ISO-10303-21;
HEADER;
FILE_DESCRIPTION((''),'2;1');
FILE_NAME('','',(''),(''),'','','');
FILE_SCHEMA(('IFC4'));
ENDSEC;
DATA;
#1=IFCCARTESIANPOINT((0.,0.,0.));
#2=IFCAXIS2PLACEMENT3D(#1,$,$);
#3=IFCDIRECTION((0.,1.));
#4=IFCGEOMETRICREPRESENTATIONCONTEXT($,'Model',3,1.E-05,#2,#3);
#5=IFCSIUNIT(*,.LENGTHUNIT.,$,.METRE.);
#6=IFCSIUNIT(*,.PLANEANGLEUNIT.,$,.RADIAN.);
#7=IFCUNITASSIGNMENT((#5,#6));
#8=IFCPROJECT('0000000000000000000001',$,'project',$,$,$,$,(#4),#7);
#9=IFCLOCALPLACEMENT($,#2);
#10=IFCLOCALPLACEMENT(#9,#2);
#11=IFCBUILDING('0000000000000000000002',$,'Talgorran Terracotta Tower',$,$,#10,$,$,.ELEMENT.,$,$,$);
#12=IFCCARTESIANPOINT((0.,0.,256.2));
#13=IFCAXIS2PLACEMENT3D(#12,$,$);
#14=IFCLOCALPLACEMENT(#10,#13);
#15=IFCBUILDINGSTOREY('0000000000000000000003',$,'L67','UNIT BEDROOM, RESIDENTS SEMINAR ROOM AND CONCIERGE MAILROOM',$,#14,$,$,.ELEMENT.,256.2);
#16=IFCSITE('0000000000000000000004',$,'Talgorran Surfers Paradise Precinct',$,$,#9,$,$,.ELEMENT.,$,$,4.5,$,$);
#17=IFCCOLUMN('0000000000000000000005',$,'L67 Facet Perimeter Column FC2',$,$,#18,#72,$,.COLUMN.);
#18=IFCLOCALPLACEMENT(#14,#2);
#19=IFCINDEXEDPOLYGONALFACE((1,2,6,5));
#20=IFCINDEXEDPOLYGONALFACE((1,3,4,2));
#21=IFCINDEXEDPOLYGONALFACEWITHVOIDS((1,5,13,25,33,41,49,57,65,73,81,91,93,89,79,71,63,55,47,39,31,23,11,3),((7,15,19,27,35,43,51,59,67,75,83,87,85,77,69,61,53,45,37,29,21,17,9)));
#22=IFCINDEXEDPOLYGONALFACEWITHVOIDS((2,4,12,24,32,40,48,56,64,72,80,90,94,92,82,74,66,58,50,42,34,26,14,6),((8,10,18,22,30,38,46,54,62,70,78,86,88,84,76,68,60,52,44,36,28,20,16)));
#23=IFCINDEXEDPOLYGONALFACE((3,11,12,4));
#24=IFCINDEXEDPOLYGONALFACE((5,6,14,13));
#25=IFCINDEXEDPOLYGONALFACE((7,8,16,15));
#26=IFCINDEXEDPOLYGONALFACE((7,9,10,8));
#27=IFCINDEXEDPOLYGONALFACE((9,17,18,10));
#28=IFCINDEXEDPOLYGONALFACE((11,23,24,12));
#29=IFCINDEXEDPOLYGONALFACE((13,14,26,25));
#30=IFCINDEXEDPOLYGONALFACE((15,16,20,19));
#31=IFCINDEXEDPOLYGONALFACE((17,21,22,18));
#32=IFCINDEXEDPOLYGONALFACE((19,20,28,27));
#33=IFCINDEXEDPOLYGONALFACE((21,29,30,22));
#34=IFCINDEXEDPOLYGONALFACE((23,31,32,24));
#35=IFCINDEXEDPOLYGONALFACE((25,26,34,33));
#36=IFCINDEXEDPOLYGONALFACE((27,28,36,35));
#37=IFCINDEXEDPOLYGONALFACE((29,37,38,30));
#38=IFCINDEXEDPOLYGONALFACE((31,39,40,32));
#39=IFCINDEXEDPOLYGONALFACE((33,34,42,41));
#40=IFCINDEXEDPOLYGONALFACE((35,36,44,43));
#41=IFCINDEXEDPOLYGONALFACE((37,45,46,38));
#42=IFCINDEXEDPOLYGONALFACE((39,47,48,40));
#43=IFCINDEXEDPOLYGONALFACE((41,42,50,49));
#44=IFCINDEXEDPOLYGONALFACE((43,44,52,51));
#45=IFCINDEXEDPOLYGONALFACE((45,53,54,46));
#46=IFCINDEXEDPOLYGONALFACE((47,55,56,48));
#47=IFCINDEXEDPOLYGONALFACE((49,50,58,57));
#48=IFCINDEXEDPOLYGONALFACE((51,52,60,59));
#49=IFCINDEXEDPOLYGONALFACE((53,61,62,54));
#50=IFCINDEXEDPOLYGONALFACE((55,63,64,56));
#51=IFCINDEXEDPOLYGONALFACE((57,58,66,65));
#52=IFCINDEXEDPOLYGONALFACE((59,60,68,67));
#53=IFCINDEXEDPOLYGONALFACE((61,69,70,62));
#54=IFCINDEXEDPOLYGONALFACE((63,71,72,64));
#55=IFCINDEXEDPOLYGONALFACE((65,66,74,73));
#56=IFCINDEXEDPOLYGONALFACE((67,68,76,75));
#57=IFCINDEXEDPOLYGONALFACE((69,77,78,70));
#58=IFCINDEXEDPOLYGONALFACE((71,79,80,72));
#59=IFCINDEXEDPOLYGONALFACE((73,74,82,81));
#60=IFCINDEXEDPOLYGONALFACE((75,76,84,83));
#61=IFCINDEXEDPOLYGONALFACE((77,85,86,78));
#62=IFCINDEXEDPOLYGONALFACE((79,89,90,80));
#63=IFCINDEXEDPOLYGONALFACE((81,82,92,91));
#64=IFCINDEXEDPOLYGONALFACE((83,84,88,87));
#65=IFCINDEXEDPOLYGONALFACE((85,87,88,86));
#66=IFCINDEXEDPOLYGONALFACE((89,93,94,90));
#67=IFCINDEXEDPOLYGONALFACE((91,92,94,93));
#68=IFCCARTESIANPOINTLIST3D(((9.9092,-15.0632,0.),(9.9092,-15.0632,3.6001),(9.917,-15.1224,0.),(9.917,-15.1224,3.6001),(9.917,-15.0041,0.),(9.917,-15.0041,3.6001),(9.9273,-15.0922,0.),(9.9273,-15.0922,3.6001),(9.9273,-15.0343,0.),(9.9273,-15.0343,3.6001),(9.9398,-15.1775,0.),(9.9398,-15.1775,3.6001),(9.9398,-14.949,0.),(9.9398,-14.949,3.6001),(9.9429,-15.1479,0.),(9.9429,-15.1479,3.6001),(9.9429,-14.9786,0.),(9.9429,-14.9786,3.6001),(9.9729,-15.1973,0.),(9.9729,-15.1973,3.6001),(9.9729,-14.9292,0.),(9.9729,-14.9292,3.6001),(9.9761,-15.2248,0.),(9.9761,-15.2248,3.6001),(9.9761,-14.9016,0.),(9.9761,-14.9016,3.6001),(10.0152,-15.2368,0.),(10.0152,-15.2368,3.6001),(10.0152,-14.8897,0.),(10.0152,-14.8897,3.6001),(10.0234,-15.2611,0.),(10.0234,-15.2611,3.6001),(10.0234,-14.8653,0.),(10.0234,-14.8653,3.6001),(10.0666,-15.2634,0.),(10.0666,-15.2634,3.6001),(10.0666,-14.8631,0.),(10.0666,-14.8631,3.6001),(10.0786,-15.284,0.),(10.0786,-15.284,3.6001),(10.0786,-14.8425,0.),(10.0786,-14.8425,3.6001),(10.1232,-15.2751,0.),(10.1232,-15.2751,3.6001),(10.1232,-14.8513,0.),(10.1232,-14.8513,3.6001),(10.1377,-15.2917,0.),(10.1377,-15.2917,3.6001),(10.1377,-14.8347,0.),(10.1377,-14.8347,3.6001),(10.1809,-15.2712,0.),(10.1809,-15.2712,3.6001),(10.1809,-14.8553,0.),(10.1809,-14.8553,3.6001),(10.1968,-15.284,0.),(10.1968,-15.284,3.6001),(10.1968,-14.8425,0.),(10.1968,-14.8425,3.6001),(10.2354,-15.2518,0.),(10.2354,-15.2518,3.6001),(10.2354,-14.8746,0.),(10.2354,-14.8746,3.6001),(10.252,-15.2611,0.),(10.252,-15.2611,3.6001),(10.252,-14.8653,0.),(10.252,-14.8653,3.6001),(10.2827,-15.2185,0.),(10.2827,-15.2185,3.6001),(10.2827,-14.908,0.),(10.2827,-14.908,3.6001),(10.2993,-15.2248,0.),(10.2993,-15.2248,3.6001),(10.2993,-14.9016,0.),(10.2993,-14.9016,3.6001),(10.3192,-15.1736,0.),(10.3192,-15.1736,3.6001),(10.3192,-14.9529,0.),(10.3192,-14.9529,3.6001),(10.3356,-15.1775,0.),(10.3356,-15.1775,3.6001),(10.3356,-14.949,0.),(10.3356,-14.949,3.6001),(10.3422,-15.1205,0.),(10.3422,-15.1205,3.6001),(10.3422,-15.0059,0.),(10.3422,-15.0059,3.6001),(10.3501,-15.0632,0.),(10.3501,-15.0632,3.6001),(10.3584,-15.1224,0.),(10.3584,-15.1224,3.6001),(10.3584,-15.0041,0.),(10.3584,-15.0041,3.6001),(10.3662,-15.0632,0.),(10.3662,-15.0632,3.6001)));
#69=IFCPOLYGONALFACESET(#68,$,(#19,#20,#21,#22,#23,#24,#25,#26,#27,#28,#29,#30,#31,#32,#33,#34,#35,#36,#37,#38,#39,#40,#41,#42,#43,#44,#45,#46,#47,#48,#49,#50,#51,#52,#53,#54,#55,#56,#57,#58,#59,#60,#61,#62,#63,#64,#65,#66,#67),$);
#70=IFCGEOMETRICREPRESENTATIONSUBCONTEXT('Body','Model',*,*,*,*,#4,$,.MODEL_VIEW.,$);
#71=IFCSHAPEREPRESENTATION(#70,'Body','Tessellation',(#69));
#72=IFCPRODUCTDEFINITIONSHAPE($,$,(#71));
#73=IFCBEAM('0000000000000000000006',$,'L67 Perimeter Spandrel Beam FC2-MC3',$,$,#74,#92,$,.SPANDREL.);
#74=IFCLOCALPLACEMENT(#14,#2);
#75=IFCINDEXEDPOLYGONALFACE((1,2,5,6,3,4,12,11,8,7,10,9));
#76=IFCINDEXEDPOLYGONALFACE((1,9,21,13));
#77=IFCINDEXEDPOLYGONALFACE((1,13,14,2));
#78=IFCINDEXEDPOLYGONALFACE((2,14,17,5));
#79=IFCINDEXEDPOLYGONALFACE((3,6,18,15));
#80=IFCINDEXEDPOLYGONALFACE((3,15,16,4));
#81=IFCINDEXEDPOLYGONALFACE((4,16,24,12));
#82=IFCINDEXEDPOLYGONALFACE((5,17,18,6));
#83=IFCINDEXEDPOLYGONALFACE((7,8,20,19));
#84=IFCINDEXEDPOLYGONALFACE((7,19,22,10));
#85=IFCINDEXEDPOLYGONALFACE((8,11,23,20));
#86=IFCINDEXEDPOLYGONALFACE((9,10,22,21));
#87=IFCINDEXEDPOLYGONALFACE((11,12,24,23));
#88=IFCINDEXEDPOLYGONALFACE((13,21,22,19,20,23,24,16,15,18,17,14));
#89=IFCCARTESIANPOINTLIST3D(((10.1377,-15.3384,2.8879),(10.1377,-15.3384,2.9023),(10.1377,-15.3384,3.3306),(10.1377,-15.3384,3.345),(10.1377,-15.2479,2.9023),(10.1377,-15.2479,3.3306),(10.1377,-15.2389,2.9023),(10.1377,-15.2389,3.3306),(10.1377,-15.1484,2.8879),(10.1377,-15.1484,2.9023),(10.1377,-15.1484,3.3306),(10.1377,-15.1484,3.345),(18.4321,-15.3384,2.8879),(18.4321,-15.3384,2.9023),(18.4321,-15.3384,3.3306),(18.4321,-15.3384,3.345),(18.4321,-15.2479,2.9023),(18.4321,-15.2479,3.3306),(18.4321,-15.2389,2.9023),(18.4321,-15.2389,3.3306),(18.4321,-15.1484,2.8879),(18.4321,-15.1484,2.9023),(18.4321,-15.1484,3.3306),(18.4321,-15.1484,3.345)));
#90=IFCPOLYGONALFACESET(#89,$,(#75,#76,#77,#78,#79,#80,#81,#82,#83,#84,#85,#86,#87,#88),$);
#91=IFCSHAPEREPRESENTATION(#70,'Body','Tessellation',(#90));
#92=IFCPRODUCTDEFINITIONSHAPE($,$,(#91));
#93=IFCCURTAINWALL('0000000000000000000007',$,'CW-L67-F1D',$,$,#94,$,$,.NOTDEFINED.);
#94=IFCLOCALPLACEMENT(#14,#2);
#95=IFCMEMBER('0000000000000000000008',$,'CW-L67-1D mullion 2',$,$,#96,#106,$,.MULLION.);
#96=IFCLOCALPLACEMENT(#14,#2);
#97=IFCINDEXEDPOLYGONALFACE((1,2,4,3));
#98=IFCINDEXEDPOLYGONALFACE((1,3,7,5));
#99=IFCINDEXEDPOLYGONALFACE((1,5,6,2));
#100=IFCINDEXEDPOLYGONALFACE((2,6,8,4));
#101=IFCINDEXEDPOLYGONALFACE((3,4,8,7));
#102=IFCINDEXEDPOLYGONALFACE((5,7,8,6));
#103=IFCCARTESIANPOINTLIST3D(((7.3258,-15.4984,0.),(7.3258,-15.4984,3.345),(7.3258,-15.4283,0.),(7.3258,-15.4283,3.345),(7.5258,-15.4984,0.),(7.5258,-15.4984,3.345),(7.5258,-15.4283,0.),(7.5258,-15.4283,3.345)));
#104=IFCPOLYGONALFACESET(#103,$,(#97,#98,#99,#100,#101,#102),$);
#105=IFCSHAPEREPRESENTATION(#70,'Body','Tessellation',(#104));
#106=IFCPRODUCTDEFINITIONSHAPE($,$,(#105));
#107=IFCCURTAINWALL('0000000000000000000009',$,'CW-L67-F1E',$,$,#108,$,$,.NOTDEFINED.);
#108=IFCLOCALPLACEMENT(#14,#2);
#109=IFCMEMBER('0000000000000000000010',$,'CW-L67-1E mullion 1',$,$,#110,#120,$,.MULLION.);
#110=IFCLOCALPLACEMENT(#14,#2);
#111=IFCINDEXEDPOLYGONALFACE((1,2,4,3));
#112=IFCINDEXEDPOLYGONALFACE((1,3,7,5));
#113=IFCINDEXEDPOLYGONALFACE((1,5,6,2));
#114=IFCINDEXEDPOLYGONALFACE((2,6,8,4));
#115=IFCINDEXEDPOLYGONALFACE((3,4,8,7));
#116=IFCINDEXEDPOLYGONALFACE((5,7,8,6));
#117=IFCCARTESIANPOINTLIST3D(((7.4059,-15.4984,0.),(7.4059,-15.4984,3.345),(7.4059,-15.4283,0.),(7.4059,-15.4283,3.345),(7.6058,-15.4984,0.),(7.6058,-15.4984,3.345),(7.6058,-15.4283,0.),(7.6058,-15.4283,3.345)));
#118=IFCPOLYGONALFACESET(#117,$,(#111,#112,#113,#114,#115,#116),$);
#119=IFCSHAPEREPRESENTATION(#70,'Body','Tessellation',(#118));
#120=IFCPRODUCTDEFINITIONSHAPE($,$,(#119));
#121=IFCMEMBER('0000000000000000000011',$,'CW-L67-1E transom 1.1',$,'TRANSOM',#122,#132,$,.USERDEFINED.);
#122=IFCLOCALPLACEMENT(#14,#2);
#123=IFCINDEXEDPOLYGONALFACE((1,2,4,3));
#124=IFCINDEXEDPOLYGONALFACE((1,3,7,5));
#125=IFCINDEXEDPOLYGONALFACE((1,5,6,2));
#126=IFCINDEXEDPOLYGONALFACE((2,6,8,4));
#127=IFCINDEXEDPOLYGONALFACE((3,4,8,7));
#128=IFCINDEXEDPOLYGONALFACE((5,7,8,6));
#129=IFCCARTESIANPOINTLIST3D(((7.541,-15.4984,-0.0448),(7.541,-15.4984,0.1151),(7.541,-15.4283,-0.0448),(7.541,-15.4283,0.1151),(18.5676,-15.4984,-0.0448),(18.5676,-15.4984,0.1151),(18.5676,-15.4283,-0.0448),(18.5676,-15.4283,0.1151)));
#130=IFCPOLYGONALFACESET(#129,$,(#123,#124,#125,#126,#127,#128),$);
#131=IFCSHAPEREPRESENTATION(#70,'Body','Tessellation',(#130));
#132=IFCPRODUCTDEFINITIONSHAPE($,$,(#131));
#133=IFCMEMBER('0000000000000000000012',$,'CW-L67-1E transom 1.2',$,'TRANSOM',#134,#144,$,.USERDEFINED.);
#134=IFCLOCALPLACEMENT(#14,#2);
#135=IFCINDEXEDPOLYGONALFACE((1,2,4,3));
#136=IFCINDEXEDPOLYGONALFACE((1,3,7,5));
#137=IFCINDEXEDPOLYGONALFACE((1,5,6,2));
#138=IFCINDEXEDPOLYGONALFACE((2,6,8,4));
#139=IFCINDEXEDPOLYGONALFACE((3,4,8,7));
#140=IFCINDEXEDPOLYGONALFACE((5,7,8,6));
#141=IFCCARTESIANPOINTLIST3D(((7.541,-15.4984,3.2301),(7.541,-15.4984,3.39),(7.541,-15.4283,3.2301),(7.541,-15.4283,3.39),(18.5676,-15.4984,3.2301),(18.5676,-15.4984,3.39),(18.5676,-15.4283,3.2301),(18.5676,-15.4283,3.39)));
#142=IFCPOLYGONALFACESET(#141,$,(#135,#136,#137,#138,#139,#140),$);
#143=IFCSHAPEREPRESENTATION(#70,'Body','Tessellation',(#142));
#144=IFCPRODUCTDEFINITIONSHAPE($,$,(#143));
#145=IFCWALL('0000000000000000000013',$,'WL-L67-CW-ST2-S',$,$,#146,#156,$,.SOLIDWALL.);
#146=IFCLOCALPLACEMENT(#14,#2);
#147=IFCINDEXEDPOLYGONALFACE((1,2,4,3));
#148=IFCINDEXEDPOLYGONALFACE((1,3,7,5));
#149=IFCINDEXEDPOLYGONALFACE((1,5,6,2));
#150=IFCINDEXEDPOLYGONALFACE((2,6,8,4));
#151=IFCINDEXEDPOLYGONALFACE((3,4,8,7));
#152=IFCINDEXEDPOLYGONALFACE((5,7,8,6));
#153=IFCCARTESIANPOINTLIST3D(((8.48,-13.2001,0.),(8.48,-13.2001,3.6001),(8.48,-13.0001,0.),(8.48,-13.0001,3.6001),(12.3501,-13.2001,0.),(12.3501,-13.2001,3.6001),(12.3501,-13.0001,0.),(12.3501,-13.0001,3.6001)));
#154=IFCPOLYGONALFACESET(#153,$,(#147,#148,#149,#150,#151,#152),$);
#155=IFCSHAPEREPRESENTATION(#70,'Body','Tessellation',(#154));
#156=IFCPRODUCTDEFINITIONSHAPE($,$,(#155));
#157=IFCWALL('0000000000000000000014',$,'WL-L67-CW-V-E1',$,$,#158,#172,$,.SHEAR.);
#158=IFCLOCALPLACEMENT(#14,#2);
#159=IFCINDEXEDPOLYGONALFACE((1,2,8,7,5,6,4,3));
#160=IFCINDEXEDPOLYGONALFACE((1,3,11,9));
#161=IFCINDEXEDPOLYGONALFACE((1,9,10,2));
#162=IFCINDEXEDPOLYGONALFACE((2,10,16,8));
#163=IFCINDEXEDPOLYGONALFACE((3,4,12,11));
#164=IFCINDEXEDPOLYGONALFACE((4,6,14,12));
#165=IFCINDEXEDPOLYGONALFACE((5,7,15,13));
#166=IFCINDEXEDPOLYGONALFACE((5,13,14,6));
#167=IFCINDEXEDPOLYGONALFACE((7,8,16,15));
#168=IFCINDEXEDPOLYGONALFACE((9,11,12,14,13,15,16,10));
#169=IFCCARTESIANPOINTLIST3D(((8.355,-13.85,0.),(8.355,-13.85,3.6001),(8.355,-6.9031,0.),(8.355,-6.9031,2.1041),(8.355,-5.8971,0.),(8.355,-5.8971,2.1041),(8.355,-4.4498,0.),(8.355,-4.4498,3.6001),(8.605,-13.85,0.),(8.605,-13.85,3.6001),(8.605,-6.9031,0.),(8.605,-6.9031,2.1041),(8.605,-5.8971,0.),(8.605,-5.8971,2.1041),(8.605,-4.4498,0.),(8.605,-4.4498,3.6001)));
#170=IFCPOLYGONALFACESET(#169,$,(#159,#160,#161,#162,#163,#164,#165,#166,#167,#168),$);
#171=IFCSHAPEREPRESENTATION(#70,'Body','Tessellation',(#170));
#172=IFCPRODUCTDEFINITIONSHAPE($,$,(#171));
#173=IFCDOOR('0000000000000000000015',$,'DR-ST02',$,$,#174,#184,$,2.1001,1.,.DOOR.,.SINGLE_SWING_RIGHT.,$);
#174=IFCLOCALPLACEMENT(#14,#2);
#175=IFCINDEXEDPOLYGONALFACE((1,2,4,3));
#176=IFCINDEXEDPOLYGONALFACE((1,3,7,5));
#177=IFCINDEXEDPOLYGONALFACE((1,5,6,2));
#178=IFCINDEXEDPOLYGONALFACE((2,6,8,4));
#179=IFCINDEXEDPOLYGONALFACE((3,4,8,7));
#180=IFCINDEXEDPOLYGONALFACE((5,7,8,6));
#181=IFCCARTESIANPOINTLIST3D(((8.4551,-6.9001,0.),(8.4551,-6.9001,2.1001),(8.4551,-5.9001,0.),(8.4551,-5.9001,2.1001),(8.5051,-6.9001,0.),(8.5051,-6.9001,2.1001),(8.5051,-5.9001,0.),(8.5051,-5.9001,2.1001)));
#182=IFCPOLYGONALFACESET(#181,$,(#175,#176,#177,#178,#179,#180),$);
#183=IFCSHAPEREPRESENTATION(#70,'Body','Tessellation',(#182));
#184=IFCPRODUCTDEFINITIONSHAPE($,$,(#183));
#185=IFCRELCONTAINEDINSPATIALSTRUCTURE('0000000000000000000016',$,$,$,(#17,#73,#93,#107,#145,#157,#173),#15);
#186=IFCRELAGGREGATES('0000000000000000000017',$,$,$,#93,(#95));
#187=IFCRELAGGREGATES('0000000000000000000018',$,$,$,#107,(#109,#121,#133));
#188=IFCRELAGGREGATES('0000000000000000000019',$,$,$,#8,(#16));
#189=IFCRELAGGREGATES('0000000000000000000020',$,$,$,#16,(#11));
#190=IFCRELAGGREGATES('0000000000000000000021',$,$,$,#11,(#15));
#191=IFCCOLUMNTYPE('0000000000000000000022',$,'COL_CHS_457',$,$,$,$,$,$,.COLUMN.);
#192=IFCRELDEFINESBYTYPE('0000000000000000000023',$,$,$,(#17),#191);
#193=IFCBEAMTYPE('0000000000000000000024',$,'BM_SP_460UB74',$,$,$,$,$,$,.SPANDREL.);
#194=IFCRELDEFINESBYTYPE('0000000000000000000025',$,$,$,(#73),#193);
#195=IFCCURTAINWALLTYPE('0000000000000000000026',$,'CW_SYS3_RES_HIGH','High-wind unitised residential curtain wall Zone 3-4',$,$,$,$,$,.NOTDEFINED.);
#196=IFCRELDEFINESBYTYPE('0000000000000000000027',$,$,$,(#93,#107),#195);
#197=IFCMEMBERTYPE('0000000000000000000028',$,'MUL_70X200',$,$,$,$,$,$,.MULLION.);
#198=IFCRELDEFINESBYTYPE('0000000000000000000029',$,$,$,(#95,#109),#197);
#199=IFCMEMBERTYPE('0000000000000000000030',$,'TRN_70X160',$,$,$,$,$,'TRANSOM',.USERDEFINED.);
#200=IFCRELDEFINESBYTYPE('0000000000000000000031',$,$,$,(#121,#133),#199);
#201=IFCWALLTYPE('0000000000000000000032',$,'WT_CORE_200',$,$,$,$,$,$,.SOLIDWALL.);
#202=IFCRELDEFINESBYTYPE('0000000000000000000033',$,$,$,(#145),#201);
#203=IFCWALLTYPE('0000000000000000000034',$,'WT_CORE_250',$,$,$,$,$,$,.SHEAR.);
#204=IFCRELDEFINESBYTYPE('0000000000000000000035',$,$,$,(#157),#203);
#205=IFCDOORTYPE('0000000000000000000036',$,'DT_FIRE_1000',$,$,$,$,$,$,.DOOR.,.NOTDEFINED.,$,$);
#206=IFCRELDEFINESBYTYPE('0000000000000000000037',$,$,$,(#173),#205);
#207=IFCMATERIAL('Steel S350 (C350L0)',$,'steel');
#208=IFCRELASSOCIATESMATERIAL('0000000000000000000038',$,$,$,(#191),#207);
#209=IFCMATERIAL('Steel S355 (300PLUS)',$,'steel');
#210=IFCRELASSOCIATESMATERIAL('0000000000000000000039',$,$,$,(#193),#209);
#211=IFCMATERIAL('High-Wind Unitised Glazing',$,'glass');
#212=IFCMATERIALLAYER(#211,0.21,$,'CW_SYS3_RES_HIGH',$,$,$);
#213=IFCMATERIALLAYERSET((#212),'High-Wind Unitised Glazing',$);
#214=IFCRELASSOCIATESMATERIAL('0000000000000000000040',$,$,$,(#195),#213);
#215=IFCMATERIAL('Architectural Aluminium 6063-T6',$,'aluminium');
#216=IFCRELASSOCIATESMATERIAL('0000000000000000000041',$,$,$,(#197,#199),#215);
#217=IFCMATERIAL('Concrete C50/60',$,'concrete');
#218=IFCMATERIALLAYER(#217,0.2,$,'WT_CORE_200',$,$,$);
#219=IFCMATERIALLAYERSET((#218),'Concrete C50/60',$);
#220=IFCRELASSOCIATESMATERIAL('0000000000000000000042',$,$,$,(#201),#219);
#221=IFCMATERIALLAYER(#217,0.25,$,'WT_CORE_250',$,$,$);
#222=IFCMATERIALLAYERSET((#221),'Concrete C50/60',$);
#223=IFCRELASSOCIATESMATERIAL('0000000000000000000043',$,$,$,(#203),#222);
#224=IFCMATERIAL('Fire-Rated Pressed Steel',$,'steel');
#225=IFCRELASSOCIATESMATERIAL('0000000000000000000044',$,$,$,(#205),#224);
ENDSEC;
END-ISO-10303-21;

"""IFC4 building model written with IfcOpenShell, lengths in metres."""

from ifc_helpers import new_model, si_unit, direction, frame, frame_2d, origin, origin_2d, place, context, subcontext, project, spatial, rectangle, hollow_circle, i_section, extrude, material, layer, layer_set, material_profile, profile_set, type_object, element, fill, aggregate, save


model = new_model("IFC4")

# Units and contexts
model_context = context("Model", 3, precision=1e-05, world=origin(), true_north=direction((0.0, 1.0)))
body_context = subcontext(model_context, "Body", "Model", "MODEL_VIEW")
ifc_project = project(units=[si_unit("LENGTHUNIT", "METRE"), si_unit("PLANEANGLEUNIT", "RADIAN")], contexts=[model_context])

# Site, building, storey
site_placement = place(None, origin())
site = spatial("IfcSite", under=ifc_project, at=site_placement, Name="Talgorran Surfers Paradise Precinct", CompositionType="ELEMENT", RefElevation=4.5)
building_placement = place(site_placement, origin())
building = spatial("IfcBuilding", under=site, at=building_placement, Name="Talgorran Terracotta Tower", CompositionType="ELEMENT")
storey_placement = place(building_placement, frame((0.0, 0.0, 256.2)))
storey = spatial("IfcBuildingStorey", under=building, at=storey_placement, Name="L67", Description="UNIT BEDROOM, RESIDENTS SEMINAR ROOM AND CONCIERGE MAILROOM", CompositionType="ELEMENT", Elevation=256.2)

# Column
ifc_material_1 = material(Name="Steel S350 (C350L0)", Category="steel")
ifc_material_profile_1 = material_profile(ifc_material_1, hollow_circle(Radius=0.2285, WallThickness=0.0161, at=origin_2d()), Name="CHS457X16")
ifc_profile_set_1 = profile_set([ifc_material_profile_1], Name="Steel S350 (C350L0)")
column_type = type_object("IfcColumnType", Name="COL_CHS_457", PredefinedType="COLUMN", material=ifc_profile_set_1)
column_placement = place(storey_placement, frame((10.1377, -15.0632, 0.0), z_axis=(0.0, 0.0, 1.0), x_axis=(1.0, 0.0, 0.0)))
element("IfcColumn", 1, at=column_placement, inside=storey, type_object=column_type, Name="L67 Facet Perimeter Column FC2", PredefinedType="COLUMN", context=body_context, shape_type="SweptSolid", body=[
    extrude(hollow_circle(Radius=0.2285, WallThickness=0.0161, at=origin_2d()), origin(), (0.0, 0.0, 1.0), 3.6001),
])

# Beam
ifc_material_2 = material(Name="Steel S355 (300PLUS)", Category="steel")
ifc_material_profile_2 = material_profile(ifc_material_2, i_section(OverallWidth=0.1899, OverallDepth=0.457, WebThickness=0.009, FlangeThickness=0.0144, at=origin_2d()), Name="460UB74.6")
ifc_profile_set_2 = profile_set([ifc_material_profile_2], Name="Steel S355 (300PLUS)")
beam_type = type_object("IfcBeamType", Name="BM_SP_460UB74", PredefinedType="SPANDREL", material=ifc_profile_set_2)
beam_placement = place(storey_placement, frame((10.1377, -15.2434, 3.1165), z_axis=(1.0, 0.0, 0.0), x_axis=(0.0, 1.0, 0.0)))
element("IfcBeam", 2, at=beam_placement, inside=storey, type_object=beam_type, Name="L67 Perimeter Spandrel Beam FC2-MC3", PredefinedType="SPANDREL", context=body_context, shape_type="SweptSolid", body=[
    extrude(i_section(OverallWidth=0.1899, OverallDepth=0.457, WebThickness=0.009, FlangeThickness=0.0144, at=origin_2d()), origin(), (0.0, 0.0, 1.0), 8.2944),
])

# Curtain wall, member
ifc_material_3 = material(Name="High-Wind Unitised Glazing", Category="glass")
ifc_layer_1 = layer(ifc_material_3, 0.21, Name="CW_SYS3_RES_HIGH")
ifc_layer_set_1 = layer_set([ifc_layer_1], Name="High-Wind Unitised Glazing")
curtain_wall_type = type_object("IfcCurtainWallType", Name="CW_SYS3_RES_HIGH", Description="High-wind unitised residential curtain wall Zone 3-4", PredefinedType="NOTDEFINED", material=ifc_layer_set_1)
curtain_wall_1_placement = place(storey_placement, origin())
curtain_wall_1 = element("IfcCurtainWall", 3, at=curtain_wall_1_placement, inside=storey, type_object=curtain_wall_type, Name="CW-L67-F1D", PredefinedType="NOTDEFINED")
ifc_material_4 = material(Name="Architectural Aluminium 6063-T6", Category="aluminium")
ifc_material_profile_3 = material_profile(ifc_material_4, rectangle(XDim=0.0701, YDim=0.2, at=origin_2d()), Name="CWM70X200")
ifc_profile_set_3 = profile_set([ifc_material_profile_3], Name="Architectural Aluminium 6063-T6")
member_type_1 = type_object("IfcMemberType", Name="MUL_70X200", PredefinedType="MULLION", material=ifc_profile_set_3)
member_1_placement = place(storey_placement, frame((7.4258, -15.4634, 0.0), z_axis=(0.0, 0.0, 1.0), x_axis=(0.0, 1.0, 0.0)))
member_1 = element("IfcMember", 4, at=member_1_placement, type_object=member_type_1, Name="CW-L67-1D mullion 2", PredefinedType="MULLION", context=body_context, shape_type="SweptSolid", body=[
    extrude(rectangle(XDim=0.0701, YDim=0.2, at=origin_2d()), origin(), (0.0, 0.0, 1.0), 3.345),
])
aggregate(curtain_wall_1, [member_1])

# Curtain wall, members
curtain_wall_2_placement = place(storey_placement, origin())
curtain_wall_2 = element("IfcCurtainWall", 5, at=curtain_wall_2_placement, inside=storey, type_object=curtain_wall_type, Name="CW-L67-F1E", PredefinedType="NOTDEFINED")
member_2_placement = place(storey_placement, frame((7.5059, -15.4634, 0.0), z_axis=(0.0, 0.0, 1.0), x_axis=(0.0, 1.0, 0.0)))
member_2 = element("IfcMember", 6, at=member_2_placement, type_object=member_type_1, Name="CW-L67-1E mullion 1", PredefinedType="MULLION", context=body_context, shape_type="SweptSolid", body=[
    extrude(rectangle(XDim=0.0701, YDim=0.2, at=origin_2d()), origin(), (0.0, 0.0, 1.0), 3.345),
])
ifc_material_profile_4 = material_profile(ifc_material_4, rectangle(XDim=0.0701, YDim=0.1599, at=origin_2d()), Name="CWT70X160")
ifc_profile_set_4 = profile_set([ifc_material_profile_4], Name="Architectural Aluminium 6063-T6")
member_type_2 = type_object("IfcMemberType", Name="TRN_70X160", ElementType="TRANSOM", PredefinedType="USERDEFINED", material=ifc_profile_set_4)
member_3_placement = place(storey_placement, frame((7.541, -15.4634, 0.0352), z_axis=(1.0, 0.0, 0.0), x_axis=(0.0, 1.0, 0.0)))
member_3 = element("IfcMember", 7, at=member_3_placement, type_object=member_type_2, Name="CW-L67-1E transom 1.1", ObjectType="TRANSOM", PredefinedType="USERDEFINED", context=body_context, shape_type="SweptSolid", body=[
    extrude(rectangle(XDim=0.0701, YDim=0.1599, at=origin_2d()), origin(), (0.0, 0.0, 1.0), 11.0266),
])
member_4_placement = place(storey_placement, frame((7.541, -15.4634, 3.3101), z_axis=(1.0, 0.0, 0.0), x_axis=(0.0, 1.0, 0.0)))
member_4 = element("IfcMember", 8, at=member_4_placement, type_object=member_type_2, Name="CW-L67-1E transom 1.2", ObjectType="TRANSOM", PredefinedType="USERDEFINED", context=body_context, shape_type="SweptSolid", body=[
    extrude(rectangle(XDim=0.0701, YDim=0.1599, at=origin_2d()), origin(), (0.0, 0.0, 1.0), 11.0266),
])
aggregate(curtain_wall_2, [member_2, member_3, member_4])

# Wall
ifc_material_5 = material(Name="Concrete C50/60", Category="concrete")
ifc_layer_2 = layer(ifc_material_5, 0.2, Name="WT_CORE_200")
ifc_layer_set_2 = layer_set([ifc_layer_2], Name="Concrete C50/60")
wall_type_1 = type_object("IfcWallType", Name="WT_CORE_200", PredefinedType="SOLIDWALL", material=ifc_layer_set_2)
wall_1_placement = place(storey_placement, frame((8.48, -13.1001, 0.0), z_axis=(0.0, 0.0, 1.0), x_axis=(1.0, 0.0, 0.0)))
element("IfcWall", 9, at=wall_1_placement, inside=storey, type_object=wall_type_1, Name="WL-L67-CW-ST2-S", PredefinedType="SOLIDWALL", context=body_context, shape_type="SweptSolid", body=[
    extrude(rectangle(XDim=3.8701, YDim=0.2, at=frame_2d((1.9351, 0.0))), origin(), (0.0, 0.0, 1.0), 3.6001),
])

# Wall, opening, door
ifc_layer_3 = layer(ifc_material_5, 0.25, Name="WT_CORE_250")
ifc_layer_set_3 = layer_set([ifc_layer_3], Name="Concrete C50/60")
wall_type_2 = type_object("IfcWallType", Name="WT_CORE_250", PredefinedType="SHEAR", material=ifc_layer_set_3)
wall_2_placement = place(storey_placement, frame((8.48, -13.8501, 0.0), z_axis=(0.0, 0.0, 1.0), x_axis=(0.0, 1.0, 0.0)))
wall_2 = element("IfcWall", 10, at=wall_2_placement, inside=storey, type_object=wall_type_2, Name="WL-L67-CW-V-E1", PredefinedType="SHEAR", context=body_context, shape_type="SweptSolid", body=[
    extrude(rectangle(XDim=9.4001, YDim=0.25, at=frame_2d((4.7002, 0.0))), origin(), (0.0, 0.0, 1.0), 3.6001),
])
opening_placement = place(wall_2_placement, frame((6.95, 0.0, 0.0)))
opening = element("IfcOpeningElement", 11, at=opening_placement, cuts=wall_2, PredefinedType="OPENING", context=body_context, shape_type="SweptSolid", body=[
    extrude(rectangle(XDim=1.006, YDim=2.1041, at=frame_2d((0.5, 1.052))), frame((0.0, 0.135, 0.0), z_axis=(0.0, -1.0, 0.0), x_axis=(1.0, 0.0, 0.0)), (0.0, 0.0, 1.0), 0.27),
])
ifc_material_6 = material(Name="Fire-Rated Pressed Steel", Category="steel")
door_type = type_object("IfcDoorType", Name="DT_FIRE_1000", OperationType="NOTDEFINED", PredefinedType="DOOR", material=ifc_material_6)
door_placement = place(opening_placement, origin())
door = element("IfcDoor", 12, at=door_placement, inside=storey, type_object=door_type, Name="DR-ST02", OperationType="SINGLE_SWING_RIGHT", OverallHeight=2.1001, OverallWidth=1.0, PredefinedType="DOOR", context=body_context, shape_type="SweptSolid", body=[
    extrude(rectangle(XDim=1.0, YDim=2.1001, at=frame_2d((0.5, 1.05))), frame((0.0, 0.0249, 0.0), z_axis=(0.0, -1.0, 0.0), x_axis=(1.0, 0.0, 0.0)), (0.0, 0.0, 1.0), 0.05),
])
fill(opening, door)

save(model, "model.ifc")
